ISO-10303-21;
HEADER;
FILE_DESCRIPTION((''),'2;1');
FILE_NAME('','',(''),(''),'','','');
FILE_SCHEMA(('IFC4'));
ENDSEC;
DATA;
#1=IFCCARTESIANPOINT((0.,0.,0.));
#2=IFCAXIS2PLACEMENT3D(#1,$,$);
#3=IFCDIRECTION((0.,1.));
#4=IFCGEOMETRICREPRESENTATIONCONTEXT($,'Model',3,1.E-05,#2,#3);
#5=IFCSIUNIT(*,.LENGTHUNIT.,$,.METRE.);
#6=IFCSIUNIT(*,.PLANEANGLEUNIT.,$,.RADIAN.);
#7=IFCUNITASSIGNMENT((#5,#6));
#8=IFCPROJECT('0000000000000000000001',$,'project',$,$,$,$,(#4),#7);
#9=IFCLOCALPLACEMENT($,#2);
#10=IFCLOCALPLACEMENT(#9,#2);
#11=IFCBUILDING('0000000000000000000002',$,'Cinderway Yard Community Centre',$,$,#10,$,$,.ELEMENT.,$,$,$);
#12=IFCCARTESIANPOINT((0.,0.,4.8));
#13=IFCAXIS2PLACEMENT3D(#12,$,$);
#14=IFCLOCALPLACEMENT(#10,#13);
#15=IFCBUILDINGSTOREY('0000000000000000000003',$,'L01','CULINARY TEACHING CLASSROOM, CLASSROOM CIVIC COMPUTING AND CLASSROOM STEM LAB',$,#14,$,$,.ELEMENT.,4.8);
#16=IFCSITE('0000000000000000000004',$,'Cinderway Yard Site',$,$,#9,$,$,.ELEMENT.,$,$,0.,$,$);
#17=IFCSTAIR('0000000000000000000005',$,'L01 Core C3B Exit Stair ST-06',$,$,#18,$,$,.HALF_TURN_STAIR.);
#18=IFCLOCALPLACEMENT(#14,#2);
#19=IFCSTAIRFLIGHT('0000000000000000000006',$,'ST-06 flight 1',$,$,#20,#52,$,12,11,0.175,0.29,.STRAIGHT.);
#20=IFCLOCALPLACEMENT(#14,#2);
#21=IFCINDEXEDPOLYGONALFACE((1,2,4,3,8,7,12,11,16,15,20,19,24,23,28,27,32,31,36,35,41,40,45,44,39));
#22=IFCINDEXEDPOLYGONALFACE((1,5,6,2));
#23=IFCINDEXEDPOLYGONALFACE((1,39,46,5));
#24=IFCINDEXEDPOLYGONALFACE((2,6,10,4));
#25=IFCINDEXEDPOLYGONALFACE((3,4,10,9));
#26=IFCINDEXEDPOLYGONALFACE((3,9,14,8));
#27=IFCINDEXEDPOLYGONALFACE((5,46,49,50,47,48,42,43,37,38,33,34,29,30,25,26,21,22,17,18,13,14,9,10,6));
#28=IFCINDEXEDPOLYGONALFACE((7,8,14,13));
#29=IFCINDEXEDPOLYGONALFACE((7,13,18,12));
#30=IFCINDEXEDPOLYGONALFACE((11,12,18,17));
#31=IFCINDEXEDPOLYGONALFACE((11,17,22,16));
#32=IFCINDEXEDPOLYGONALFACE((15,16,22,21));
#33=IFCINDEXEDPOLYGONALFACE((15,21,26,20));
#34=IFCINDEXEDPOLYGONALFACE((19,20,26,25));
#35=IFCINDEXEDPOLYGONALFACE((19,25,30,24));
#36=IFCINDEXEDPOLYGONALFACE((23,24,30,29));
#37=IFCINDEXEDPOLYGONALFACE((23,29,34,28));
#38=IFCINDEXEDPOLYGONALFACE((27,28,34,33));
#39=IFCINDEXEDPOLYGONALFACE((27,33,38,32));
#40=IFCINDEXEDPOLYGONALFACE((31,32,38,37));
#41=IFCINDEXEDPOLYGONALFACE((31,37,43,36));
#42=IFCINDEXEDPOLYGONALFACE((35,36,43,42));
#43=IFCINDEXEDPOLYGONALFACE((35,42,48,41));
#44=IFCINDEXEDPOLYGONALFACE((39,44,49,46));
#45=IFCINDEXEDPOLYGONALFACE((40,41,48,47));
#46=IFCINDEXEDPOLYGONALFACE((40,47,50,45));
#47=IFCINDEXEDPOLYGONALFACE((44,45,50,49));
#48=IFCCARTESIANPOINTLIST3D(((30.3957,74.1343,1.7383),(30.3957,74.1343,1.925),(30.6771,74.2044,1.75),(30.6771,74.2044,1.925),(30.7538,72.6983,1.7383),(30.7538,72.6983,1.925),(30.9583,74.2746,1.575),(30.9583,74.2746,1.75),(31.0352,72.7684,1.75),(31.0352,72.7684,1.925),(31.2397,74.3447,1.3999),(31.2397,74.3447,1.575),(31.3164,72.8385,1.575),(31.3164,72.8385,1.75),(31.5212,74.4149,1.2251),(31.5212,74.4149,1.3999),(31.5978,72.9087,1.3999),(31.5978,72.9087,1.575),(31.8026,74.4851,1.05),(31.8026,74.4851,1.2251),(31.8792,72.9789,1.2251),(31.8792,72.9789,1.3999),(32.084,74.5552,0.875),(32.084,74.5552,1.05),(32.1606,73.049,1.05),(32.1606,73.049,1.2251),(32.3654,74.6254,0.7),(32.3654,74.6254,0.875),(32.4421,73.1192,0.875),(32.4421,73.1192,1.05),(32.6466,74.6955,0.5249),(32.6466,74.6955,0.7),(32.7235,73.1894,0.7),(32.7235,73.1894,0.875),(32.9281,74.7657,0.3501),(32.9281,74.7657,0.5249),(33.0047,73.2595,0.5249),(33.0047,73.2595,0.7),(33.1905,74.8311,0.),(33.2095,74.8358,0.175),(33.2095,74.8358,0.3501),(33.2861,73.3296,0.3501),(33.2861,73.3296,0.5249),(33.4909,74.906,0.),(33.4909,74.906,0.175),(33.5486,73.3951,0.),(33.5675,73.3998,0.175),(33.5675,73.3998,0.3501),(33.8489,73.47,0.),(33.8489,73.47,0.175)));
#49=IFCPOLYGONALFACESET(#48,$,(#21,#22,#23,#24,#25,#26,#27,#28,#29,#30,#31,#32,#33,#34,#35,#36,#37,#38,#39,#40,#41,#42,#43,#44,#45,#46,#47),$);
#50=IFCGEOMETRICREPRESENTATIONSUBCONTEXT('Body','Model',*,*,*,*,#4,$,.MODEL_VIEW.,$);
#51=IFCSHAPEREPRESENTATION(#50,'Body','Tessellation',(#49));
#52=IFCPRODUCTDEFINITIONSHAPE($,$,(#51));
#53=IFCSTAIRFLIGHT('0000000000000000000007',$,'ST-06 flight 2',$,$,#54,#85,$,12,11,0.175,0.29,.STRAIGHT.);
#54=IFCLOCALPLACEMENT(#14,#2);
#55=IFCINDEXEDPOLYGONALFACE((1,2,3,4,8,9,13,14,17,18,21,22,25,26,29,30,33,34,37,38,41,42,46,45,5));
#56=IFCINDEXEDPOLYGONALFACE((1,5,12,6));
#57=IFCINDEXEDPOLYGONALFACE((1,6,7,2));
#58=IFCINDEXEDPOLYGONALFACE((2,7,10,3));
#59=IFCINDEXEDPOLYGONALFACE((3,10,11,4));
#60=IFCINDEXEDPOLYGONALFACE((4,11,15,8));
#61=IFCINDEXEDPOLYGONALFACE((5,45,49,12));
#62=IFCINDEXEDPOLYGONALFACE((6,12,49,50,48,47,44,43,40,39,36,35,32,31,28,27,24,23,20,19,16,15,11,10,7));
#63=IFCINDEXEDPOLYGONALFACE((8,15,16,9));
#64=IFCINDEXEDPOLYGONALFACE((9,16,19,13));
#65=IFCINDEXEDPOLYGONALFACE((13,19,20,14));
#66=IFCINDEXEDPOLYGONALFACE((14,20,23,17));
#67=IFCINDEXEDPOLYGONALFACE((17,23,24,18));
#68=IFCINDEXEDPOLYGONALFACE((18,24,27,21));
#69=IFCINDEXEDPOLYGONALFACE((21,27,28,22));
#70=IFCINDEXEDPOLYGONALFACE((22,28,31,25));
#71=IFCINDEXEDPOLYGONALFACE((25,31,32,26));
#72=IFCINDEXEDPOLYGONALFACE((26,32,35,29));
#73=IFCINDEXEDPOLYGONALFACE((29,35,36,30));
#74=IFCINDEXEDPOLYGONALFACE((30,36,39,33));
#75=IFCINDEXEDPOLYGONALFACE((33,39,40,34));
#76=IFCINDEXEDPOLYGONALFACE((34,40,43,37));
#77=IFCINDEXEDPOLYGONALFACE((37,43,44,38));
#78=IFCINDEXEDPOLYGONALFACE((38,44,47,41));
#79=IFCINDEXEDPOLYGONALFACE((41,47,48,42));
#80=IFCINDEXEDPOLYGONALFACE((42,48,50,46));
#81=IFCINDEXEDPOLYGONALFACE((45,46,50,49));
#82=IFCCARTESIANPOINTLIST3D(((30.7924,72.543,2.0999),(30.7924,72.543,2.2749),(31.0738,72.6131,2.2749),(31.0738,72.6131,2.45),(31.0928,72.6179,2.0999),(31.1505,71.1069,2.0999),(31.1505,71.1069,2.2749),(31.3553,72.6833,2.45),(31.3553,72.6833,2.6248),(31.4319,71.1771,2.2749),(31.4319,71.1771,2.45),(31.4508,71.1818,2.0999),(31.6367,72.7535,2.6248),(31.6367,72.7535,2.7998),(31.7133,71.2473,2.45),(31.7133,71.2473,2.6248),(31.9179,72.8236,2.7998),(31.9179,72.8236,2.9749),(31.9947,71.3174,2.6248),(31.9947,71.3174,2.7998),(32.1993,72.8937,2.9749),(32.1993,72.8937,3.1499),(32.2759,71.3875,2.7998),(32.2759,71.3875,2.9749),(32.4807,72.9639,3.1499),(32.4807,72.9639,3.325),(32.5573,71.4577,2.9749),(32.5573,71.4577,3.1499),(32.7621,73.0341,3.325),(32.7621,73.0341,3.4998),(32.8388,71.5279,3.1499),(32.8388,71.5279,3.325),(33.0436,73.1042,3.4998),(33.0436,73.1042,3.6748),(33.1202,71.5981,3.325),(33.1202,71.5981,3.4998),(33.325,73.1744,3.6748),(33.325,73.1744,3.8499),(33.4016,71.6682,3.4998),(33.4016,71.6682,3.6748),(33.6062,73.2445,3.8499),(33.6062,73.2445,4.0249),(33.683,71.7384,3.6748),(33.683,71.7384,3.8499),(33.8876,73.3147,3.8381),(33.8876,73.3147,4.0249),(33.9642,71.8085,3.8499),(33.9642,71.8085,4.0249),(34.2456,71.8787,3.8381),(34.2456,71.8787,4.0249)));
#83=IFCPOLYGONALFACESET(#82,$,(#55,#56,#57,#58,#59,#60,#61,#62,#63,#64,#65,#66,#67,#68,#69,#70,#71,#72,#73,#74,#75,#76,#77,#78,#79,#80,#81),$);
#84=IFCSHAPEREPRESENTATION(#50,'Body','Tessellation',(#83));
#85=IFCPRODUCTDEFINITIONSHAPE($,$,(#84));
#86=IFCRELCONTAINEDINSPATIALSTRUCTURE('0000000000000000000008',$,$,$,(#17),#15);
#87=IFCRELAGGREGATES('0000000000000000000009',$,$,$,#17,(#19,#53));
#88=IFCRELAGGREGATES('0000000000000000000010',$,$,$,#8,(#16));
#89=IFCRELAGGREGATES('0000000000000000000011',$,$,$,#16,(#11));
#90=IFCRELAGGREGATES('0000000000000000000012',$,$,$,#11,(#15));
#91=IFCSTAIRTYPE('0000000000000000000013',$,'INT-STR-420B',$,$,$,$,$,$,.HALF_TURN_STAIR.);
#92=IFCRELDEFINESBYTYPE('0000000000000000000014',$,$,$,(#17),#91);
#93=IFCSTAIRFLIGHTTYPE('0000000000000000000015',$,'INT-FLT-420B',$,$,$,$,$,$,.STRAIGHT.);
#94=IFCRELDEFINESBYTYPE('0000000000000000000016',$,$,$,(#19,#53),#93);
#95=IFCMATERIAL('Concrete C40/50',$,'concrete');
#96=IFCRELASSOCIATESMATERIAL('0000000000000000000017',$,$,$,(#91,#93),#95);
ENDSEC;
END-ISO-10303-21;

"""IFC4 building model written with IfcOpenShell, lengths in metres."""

from ifc_helpers import new_model, si_unit, direction, frame, origin, place, context, subcontext, project, spatial, polyline, outline, extrude, material, type_object, element, aggregate, save


model = new_model("IFC4")

# Units and contexts
model_context = context("Model", 3, precision=1e-05, world=origin(), true_north=direction((0.0, 1.0)))
body_context = subcontext(model_context, "Body", "Model", "MODEL_VIEW")
ifc_project = project(units=[si_unit("LENGTHUNIT", "METRE"), si_unit("PLANEANGLEUNIT", "RADIAN")], contexts=[model_context])

# Site, building, storey
site_placement = place(None, origin())
site = spatial("IfcSite", under=ifc_project, at=site_placement, Name="Cinderway Yard Site", CompositionType="ELEMENT", RefElevation=0.0)
building_placement = place(site_placement, origin())
building = spatial("IfcBuilding", under=site, at=building_placement, Name="Cinderway Yard Community Centre", CompositionType="ELEMENT")
storey_placement = place(building_placement, frame((0.0, 0.0, 4.8)))
storey = spatial("IfcBuildingStorey", under=building, at=storey_placement, Name="L01", Description="CULINARY TEACHING CLASSROOM, CLASSROOM CIVIC COMPUTING AND CLASSROOM STEM LAB", CompositionType="ELEMENT", Elevation=4.8)

# Shared definitions
ifc_material_1 = material(Name="Concrete C40/50", Category="concrete")

# Stair, stair flights
stair_type = type_object("IfcStairType", Name="INT-STR-420B", PredefinedType="HALF_TURN_STAIR", material=ifc_material_1)
stair_placement = place(storey_placement, origin())
stair = element("IfcStair", 1, at=stair_placement, inside=storey, type_object=stair_type, Name="L01 Core C3B Exit Stair ST-06", PredefinedType="HALF_TURN_STAIR")
stair_flight_type = type_object("IfcStairFlightType", Name="INT-FLT-420B", PredefinedType="STRAIGHT", material=ifc_material_1)
stair_flight_1_placement = place(storey_placement, frame((33.6699, 74.188, 0.0), z_axis=(0.0, 0.0, 1.0), x_axis=(-0.970296, -0.241922, 0.0)))
stair_flight_1 = element("IfcStairFlight", 2, at=stair_flight_1_placement, type_object=stair_flight_type, Name="ST-06 flight 1", NumberOfRisers=12, NumberOfTreads=11, PredefinedType="STRAIGHT", RiserHeight=0.175, TreadLength=0.29, context=body_context, shape_type="SweptSolid", body=[
    extrude(outline(polyline([(0.0, 0.0), (0.0, 0.175), (0.29, 0.175), (0.29, 0.3501), (0.5801, 0.3501), (0.5801, 0.5249), (0.8701, 0.5249), (0.8701, 0.7), (1.1599, 0.7), (1.1599, 0.875), (1.45, 0.875), (1.45, 1.05), (1.74, 1.05), (1.74, 1.2251), (2.03, 1.2251), (2.03, 1.3999), (2.3201, 1.3999), (2.3201, 1.575), (2.6101, 1.575), (2.6101, 1.75), (2.8999, 1.75), (2.8999, 1.925), (3.1899, 1.925), (3.1899, 2.1001), (3.1899, 1.7383), (0.3096, 0.0), (0.0, 0.0)])), frame((0.0, 0.74, 0.0), z_axis=(0.0, -1.0, 0.0), x_axis=(1.0, 0.0, 0.0)), (0.0, 0.0, 1.0), 1.48),
])
stair_flight_2_placement = place(storey_placement, frame((30.9714, 71.825, 2.0999), z_axis=(0.0, 0.0, 1.0), x_axis=(0.970296, 0.241922, 0.0)))
stair_flight_2 = element("IfcStairFlight", 3, at=stair_flight_2_placement, type_object=stair_flight_type, Name="ST-06 flight 2", NumberOfRisers=12, NumberOfTreads=11, PredefinedType="STRAIGHT", RiserHeight=0.175, TreadLength=0.29, context=body_context, shape_type="SweptSolid", body=[
    extrude(outline(polyline([(0.0, 0.0), (0.0, 0.175), (0.29, 0.175), (0.29, 0.3501), (0.5801, 0.3501), (0.5801, 0.5249), (0.8701, 0.5249), (0.8701, 0.7), (1.1599, 0.7), (1.1599, 0.875), (1.45, 0.875), (1.45, 1.05), (1.74, 1.05), (1.74, 1.2251), (2.03, 1.2251), (2.03, 1.3999), (2.3201, 1.3999), (2.3201, 1.575), (2.6101, 1.575), (2.6101, 1.75), (2.8999, 1.75), (2.8999, 1.925), (3.1899, 1.925), (3.1899, 2.1001), (3.1899, 1.7383), (0.3096, 0.0), (0.0, 0.0)])), frame((0.0, 0.74, 0.0), z_axis=(0.0, -1.0, 0.0), x_axis=(1.0, 0.0, 0.0)), (0.0, 0.0, 1.0), 1.48),
])
aggregate(stair, [stair_flight_1, stair_flight_2])

save(model, "model.ifc")
